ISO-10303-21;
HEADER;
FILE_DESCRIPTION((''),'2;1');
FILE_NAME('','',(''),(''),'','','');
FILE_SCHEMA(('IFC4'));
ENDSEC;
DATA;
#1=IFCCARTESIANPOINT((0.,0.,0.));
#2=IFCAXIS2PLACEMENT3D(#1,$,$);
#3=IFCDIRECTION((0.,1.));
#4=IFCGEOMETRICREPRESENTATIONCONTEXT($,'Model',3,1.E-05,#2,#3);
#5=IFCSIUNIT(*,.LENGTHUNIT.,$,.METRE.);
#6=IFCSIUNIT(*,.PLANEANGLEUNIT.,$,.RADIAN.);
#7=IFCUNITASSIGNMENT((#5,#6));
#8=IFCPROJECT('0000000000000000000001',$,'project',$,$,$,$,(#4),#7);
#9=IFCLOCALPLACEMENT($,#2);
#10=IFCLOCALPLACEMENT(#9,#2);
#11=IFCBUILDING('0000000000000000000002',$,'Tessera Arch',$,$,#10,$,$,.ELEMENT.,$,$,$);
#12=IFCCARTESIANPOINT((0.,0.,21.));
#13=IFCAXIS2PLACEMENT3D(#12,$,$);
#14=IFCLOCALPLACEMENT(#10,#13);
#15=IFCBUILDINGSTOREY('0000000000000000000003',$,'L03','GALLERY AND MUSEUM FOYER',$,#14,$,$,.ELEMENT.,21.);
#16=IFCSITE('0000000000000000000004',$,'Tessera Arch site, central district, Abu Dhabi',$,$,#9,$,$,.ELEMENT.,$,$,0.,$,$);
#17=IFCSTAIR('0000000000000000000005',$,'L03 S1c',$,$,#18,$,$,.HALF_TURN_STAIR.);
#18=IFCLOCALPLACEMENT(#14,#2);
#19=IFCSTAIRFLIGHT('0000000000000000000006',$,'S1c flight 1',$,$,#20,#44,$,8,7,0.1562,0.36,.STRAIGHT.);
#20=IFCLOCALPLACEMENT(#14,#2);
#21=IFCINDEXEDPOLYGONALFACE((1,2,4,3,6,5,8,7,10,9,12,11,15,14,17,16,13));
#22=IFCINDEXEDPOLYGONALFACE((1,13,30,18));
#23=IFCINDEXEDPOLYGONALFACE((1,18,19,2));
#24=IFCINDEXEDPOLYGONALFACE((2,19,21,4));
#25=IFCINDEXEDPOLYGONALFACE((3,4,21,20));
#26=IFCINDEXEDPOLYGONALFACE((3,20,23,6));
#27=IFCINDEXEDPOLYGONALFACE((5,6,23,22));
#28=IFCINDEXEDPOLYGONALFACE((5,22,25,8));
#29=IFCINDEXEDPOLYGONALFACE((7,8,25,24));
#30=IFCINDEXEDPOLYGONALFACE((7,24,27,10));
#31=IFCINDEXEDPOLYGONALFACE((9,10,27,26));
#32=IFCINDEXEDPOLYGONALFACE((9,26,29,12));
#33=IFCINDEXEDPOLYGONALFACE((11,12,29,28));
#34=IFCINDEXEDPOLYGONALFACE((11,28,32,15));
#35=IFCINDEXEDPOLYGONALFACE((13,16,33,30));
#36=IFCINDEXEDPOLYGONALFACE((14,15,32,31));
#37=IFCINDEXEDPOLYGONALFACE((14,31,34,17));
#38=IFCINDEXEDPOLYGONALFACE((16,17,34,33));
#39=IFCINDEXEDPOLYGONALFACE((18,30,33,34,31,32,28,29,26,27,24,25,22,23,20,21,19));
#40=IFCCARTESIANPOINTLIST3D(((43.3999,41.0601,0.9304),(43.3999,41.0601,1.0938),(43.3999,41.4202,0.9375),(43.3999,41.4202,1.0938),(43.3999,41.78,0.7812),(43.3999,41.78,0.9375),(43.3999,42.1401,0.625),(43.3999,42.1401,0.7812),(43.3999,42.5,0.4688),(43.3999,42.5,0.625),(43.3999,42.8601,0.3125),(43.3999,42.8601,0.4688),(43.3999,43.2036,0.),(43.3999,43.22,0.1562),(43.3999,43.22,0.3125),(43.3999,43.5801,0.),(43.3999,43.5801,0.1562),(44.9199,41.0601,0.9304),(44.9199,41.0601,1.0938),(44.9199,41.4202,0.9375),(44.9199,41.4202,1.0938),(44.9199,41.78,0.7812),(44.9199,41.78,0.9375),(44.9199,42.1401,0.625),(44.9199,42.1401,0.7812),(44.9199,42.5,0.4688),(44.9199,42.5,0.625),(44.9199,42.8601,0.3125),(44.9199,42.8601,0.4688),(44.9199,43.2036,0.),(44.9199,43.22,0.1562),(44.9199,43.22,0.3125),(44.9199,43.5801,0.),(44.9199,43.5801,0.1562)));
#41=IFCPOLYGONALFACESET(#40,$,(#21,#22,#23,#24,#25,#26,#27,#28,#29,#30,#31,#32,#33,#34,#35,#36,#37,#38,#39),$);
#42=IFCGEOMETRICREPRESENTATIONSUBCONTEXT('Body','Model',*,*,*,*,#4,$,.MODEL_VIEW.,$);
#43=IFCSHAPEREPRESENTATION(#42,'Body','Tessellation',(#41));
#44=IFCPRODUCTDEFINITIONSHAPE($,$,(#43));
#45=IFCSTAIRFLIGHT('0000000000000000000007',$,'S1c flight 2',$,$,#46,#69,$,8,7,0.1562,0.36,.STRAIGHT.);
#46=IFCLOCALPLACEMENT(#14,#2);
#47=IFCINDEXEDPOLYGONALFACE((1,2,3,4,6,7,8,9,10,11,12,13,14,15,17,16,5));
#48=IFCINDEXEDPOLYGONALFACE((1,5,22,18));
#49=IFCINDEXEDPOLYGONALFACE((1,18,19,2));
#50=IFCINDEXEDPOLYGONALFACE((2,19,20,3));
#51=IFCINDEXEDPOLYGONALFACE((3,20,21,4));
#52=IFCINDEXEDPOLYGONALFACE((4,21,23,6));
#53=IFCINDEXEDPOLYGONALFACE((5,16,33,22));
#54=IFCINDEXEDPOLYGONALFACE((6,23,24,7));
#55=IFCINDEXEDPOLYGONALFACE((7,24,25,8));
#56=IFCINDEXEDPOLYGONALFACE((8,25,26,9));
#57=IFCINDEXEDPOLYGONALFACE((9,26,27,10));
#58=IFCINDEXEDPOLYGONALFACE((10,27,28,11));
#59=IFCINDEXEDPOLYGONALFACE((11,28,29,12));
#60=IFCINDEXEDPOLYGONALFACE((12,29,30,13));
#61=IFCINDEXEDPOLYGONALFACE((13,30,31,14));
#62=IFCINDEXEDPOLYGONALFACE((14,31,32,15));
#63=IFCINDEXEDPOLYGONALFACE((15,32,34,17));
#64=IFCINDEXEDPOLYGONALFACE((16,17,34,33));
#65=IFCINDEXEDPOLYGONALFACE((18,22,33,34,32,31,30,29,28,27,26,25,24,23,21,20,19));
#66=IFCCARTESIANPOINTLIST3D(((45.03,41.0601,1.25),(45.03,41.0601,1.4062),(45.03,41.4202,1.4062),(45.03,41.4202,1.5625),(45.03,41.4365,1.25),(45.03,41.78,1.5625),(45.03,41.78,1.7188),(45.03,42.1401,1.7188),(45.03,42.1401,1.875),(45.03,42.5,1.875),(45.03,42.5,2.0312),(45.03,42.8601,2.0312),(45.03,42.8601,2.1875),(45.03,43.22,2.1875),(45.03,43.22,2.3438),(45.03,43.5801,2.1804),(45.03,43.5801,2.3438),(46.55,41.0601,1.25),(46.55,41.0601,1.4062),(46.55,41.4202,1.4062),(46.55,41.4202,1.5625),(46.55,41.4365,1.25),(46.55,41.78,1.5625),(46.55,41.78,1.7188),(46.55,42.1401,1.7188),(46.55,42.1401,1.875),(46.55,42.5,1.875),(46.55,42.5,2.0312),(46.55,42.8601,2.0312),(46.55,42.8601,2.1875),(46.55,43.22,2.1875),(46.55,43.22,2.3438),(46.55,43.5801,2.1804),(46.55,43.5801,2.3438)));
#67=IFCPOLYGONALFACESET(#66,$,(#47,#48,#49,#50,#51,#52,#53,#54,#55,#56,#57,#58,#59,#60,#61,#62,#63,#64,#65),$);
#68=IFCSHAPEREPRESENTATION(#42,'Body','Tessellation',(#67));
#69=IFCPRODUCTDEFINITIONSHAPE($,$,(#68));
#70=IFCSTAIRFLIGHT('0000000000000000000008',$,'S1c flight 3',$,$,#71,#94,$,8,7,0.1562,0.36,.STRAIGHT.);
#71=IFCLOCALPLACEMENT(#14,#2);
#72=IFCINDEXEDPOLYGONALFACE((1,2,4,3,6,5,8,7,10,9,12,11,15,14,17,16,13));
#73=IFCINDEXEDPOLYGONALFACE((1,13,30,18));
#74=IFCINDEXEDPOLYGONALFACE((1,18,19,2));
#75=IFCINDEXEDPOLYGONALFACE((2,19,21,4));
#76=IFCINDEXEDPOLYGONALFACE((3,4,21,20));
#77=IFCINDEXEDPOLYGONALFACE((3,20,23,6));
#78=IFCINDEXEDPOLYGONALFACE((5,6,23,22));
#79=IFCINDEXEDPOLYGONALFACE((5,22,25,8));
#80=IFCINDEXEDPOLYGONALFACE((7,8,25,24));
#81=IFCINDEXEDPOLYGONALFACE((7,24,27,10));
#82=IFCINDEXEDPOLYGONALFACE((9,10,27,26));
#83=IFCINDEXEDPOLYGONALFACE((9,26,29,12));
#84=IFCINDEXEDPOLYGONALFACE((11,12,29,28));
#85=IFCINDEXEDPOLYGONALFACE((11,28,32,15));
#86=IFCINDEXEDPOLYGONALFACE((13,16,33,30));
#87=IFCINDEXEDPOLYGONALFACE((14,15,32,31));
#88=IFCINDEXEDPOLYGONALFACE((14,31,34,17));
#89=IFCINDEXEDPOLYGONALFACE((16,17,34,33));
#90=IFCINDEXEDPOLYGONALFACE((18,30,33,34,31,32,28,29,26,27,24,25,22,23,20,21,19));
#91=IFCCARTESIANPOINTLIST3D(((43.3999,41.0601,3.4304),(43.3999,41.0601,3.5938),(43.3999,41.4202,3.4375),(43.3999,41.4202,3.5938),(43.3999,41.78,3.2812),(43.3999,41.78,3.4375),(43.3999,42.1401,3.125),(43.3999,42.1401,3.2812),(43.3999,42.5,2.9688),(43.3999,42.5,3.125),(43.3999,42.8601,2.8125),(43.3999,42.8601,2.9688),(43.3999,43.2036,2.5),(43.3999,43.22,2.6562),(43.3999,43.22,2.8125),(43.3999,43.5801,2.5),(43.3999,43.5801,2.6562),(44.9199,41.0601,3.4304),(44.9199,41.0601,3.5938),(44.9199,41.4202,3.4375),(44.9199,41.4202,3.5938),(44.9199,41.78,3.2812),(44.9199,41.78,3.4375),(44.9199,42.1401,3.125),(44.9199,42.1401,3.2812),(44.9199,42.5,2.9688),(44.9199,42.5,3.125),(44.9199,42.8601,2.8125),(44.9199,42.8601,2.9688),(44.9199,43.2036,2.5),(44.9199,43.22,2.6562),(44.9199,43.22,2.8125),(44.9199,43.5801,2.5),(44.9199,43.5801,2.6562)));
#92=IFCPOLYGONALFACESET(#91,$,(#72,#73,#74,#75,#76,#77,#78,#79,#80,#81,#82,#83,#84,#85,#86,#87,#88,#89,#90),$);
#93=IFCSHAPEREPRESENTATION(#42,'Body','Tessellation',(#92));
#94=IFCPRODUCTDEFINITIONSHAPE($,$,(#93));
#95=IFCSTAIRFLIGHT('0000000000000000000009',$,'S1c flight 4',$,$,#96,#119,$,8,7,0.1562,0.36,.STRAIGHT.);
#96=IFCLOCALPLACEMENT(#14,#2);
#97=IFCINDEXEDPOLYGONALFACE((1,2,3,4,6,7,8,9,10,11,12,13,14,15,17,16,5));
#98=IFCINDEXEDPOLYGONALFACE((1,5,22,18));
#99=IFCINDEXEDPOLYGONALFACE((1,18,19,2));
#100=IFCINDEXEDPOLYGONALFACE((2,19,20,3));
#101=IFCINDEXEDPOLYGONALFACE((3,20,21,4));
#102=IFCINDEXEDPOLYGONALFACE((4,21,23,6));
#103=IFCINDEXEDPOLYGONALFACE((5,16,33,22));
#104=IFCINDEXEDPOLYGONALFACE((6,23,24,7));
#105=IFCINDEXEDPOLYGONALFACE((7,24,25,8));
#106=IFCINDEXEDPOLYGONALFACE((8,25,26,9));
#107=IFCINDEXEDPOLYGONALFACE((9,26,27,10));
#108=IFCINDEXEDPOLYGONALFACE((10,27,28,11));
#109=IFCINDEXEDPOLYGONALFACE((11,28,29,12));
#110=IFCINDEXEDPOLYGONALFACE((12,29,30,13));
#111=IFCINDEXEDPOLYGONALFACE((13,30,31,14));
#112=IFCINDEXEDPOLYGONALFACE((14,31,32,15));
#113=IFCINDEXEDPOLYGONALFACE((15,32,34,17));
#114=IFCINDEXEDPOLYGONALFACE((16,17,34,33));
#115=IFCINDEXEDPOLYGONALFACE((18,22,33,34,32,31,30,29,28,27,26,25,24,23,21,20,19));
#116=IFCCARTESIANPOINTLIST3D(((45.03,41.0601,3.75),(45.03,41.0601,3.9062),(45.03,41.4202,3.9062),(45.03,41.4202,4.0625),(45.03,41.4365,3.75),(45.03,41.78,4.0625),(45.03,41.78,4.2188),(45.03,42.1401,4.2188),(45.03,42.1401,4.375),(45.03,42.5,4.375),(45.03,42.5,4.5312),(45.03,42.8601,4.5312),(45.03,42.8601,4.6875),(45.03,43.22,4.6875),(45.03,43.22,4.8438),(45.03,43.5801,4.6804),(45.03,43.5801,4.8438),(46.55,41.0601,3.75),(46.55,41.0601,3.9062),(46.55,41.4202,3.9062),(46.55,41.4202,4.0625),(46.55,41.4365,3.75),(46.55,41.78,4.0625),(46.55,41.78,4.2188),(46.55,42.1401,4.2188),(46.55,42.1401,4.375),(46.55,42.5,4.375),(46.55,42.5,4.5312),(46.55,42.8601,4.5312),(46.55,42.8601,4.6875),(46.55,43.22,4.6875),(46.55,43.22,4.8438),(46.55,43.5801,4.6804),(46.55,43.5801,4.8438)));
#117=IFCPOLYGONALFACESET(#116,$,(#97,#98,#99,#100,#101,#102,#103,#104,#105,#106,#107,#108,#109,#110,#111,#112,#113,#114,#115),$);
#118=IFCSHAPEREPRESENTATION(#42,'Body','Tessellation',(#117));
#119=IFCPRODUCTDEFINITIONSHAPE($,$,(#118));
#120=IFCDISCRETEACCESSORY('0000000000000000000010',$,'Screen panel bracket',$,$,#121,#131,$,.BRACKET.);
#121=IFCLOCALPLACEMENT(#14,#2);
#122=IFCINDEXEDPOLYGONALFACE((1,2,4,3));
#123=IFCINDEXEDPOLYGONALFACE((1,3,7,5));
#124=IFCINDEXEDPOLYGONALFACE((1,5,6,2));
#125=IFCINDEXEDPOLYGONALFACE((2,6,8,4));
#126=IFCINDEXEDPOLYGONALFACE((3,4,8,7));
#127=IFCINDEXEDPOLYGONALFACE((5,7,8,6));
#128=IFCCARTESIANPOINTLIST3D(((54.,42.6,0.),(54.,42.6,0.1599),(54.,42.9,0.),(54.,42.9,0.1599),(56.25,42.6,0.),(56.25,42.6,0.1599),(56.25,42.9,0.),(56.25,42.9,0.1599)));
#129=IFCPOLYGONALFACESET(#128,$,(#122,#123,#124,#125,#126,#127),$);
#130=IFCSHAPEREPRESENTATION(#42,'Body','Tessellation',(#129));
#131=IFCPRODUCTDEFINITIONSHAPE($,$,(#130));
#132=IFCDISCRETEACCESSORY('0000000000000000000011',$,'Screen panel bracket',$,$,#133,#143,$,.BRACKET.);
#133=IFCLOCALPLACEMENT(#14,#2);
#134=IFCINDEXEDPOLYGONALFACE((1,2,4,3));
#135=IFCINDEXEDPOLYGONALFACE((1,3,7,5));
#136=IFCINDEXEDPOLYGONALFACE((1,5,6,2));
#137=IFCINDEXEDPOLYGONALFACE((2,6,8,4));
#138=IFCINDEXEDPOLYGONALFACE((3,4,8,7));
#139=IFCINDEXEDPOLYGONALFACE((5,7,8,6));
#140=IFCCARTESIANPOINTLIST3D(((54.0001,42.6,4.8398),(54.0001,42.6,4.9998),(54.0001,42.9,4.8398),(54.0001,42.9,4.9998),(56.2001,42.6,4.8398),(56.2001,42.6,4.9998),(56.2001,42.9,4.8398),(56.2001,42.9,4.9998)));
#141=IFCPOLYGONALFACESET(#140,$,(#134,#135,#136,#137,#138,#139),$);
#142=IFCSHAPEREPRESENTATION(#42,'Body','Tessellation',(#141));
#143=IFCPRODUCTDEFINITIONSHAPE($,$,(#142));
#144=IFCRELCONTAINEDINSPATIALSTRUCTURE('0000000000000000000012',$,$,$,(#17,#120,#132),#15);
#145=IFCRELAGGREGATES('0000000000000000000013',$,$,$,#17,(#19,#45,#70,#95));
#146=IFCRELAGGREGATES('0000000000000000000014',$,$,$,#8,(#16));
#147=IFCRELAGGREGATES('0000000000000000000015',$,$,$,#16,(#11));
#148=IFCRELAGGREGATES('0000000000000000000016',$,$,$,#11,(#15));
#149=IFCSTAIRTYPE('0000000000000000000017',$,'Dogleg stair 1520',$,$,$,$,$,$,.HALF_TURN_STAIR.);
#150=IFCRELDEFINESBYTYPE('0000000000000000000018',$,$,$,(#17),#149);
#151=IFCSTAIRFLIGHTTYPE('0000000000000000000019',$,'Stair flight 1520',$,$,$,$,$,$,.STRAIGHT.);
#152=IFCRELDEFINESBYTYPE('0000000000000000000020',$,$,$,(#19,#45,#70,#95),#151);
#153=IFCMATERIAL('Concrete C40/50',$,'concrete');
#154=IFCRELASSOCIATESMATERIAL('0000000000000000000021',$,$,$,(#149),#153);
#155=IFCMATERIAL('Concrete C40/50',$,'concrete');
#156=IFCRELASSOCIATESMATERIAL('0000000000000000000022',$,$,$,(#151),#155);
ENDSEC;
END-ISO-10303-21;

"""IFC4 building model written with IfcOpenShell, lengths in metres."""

from ifc_helpers import new_model, si_unit, direction, frame, origin, origin_2d, place, context, subcontext, project, spatial, polyline, rectangle, outline, extrude, material, type_object, element, aggregate, save


model = new_model("IFC4")

# Units and contexts
model_context = context("Model", 3, precision=1e-05, world=origin(), true_north=direction((0.0, 1.0)))
body_context = subcontext(model_context, "Body", "Model", "MODEL_VIEW")
ifc_project = project(units=[si_unit("LENGTHUNIT", "METRE"), si_unit("PLANEANGLEUNIT", "RADIAN")], contexts=[model_context])

# Site, building, storey
site_placement = place(None, origin())
site = spatial("IfcSite", under=ifc_project, at=site_placement, Name="Tessera Arch site, central district, Abu Dhabi", CompositionType="ELEMENT", RefElevation=0.0)
building_placement = place(site_placement, origin())
building = spatial("IfcBuilding", under=site, at=building_placement, Name="Tessera Arch", CompositionType="ELEMENT")
storey_placement = place(building_placement, frame((0.0, 0.0, 21.0)))
storey = spatial("IfcBuildingStorey", under=building, at=storey_placement, Name="L03", Description="GALLERY AND MUSEUM FOYER", CompositionType="ELEMENT", Elevation=21.0)

# Stair, stair flights
ifc_material_1 = material(Name="Concrete C40/50", Category="concrete")
stair_type = type_object("IfcStairType", Name="Dogleg stair 1520", PredefinedType="HALF_TURN_STAIR", material=ifc_material_1)
ifc_material_2 = material(Name="Concrete C40/50", Category="concrete")
stair_flight_type = type_object("IfcStairFlightType", Name="Stair flight 1520", PredefinedType="STRAIGHT", material=ifc_material_2)
stair_1_placement = place(storey_placement, origin())
stair_1 = element("IfcStair", 1, at=stair_1_placement, inside=storey, type_object=stair_type, Name="L03 S1c", PredefinedType="HALF_TURN_STAIR")
stair_flight_1_placement = place(storey_placement, frame((44.1599, 43.5801, 0.0), z_axis=(0.0, 0.0, 1.0), x_axis=(0.0, -1.0, 0.0)))
stair_flight_1 = element("IfcStairFlight", 2, at=stair_flight_1_placement, type_object=stair_flight_type, Name="S1c flight 1", NumberOfRisers=8, NumberOfTreads=7, PredefinedType="STRAIGHT", RiserHeight=0.1562, TreadLength=0.36, context=body_context, shape_type="SweptSolid", body=[
    extrude(outline(polyline([(0.0, 0.0), (0.0, 0.1562), (0.3601, 0.1562), (0.3601, 0.3125), (0.72, 0.3125), (0.72, 0.4688), (1.0801, 0.4688), (1.0801, 0.625), (1.4399, 0.625), (1.4399, 0.7812), (1.8, 0.7812), (1.8, 0.9375), (2.1599, 0.9375), (2.1599, 1.0938), (2.52, 1.0938), (2.52, 1.25), (2.52, 0.9304), (0.3765, 0.0), (0.0, 0.0)])), frame((0.0, 0.76, 0.0), z_axis=(0.0, -1.0, 0.0), x_axis=(1.0, 0.0, 0.0)), (0.0, 0.0, 1.0), 1.52),
])
stair_flight_2_placement = place(storey_placement, frame((45.79, 41.0601, 1.25), z_axis=(0.0, 0.0, 1.0), x_axis=(0.0, 1.0, 0.0)))
stair_flight_2 = element("IfcStairFlight", 3, at=stair_flight_2_placement, type_object=stair_flight_type, Name="S1c flight 2", NumberOfRisers=8, NumberOfTreads=7, PredefinedType="STRAIGHT", RiserHeight=0.1562, TreadLength=0.36, context=body_context, shape_type="SweptSolid", body=[
    extrude(outline(polyline([(0.0, 0.0), (0.0, 0.1562), (0.3601, 0.1562), (0.3601, 0.3125), (0.72, 0.3125), (0.72, 0.4688), (1.0801, 0.4688), (1.0801, 0.625), (1.4399, 0.625), (1.4399, 0.7812), (1.8, 0.7812), (1.8, 0.9375), (2.1599, 0.9375), (2.1599, 1.0938), (2.52, 1.0938), (2.52, 1.25), (2.52, 0.9304), (0.3765, 0.0), (0.0, 0.0)])), frame((0.0, 0.76, 0.0), z_axis=(0.0, -1.0, 0.0), x_axis=(1.0, 0.0, 0.0)), (0.0, 0.0, 1.0), 1.52),
])
stair_flight_3_placement = place(storey_placement, frame((44.1599, 43.5801, 2.5), z_axis=(0.0, 0.0, 1.0), x_axis=(0.0, -1.0, 0.0)))
stair_flight_3 = element("IfcStairFlight", 4, at=stair_flight_3_placement, type_object=stair_flight_type, Name="S1c flight 3", NumberOfRisers=8, NumberOfTreads=7, PredefinedType="STRAIGHT", RiserHeight=0.1562, TreadLength=0.36, context=body_context, shape_type="SweptSolid", body=[
    extrude(outline(polyline([(0.0, 0.0), (0.0, 0.1562), (0.3601, 0.1562), (0.3601, 0.3125), (0.72, 0.3125), (0.72, 0.4688), (1.0801, 0.4688), (1.0801, 0.625), (1.4399, 0.625), (1.4399, 0.7812), (1.8, 0.7812), (1.8, 0.9375), (2.1599, 0.9375), (2.1599, 1.0938), (2.52, 1.0938), (2.52, 1.25), (2.52, 0.9304), (0.3765, 0.0), (0.0, 0.0)])), frame((0.0, 0.76, 0.0), z_axis=(0.0, -1.0, 0.0), x_axis=(1.0, 0.0, 0.0)), (0.0, 0.0, 1.0), 1.52),
])
stair_flight_4_placement = place(storey_placement, frame((45.79, 41.0601, 3.75), z_axis=(0.0, 0.0, 1.0), x_axis=(0.0, 1.0, 0.0)))
stair_flight_4 = element("IfcStairFlight", 5, at=stair_flight_4_placement, type_object=stair_flight_type, Name="S1c flight 4", NumberOfRisers=8, NumberOfTreads=7, PredefinedType="STRAIGHT", RiserHeight=0.1562, TreadLength=0.36, context=body_context, shape_type="SweptSolid", body=[
    extrude(outline(polyline([(0.0, 0.0), (0.0, 0.1562), (0.3601, 0.1562), (0.3601, 0.3125), (0.72, 0.3125), (0.72, 0.4688), (1.0801, 0.4688), (1.0801, 0.625), (1.4399, 0.625), (1.4399, 0.7812), (1.8, 0.7812), (1.8, 0.9375), (2.1599, 0.9375), (2.1599, 1.0938), (2.52, 1.0938), (2.52, 1.25), (2.52, 0.9304), (0.3765, 0.0), (0.0, 0.0)])), frame((0.0, 0.76, 0.0), z_axis=(0.0, -1.0, 0.0), x_axis=(1.0, 0.0, 0.0)), (0.0, 0.0, 1.0), 1.52),
])
aggregate(stair_1, [stair_flight_1, stair_flight_2, stair_flight_3, stair_flight_4])

# Discrete accessories
discrete_accessory_1_placement = place(storey_placement, frame((55.125, 42.75, 0.0), z_axis=(0.0, 0.0, 1.0), x_axis=(1.0, 0.0, 0.0)))
element("IfcDiscreteAccessory", 6, at=discrete_accessory_1_placement, inside=storey, Name="Screen panel bracket", PredefinedType="BRACKET", context=body_context, shape_type="SweptSolid", body=[
    extrude(rectangle(XDim=2.25, YDim=0.3, at=origin_2d()), origin(), (0.0, 0.0, 1.0), 0.1599),
])
discrete_accessory_2_placement = place(storey_placement, frame((55.1001, 42.75, 4.8398), z_axis=(0.0, 0.0, 1.0), x_axis=(1.0, 0.0, 0.0)))
element("IfcDiscreteAccessory", 7, at=discrete_accessory_2_placement, inside=storey, Name="Screen panel bracket", PredefinedType="BRACKET", context=body_context, shape_type="SweptSolid", body=[
    extrude(rectangle(XDim=2.2, YDim=0.3, at=origin_2d()), origin(), (0.0, 0.0, 1.0), 0.1599),
])

save(model, "model.ifc")
